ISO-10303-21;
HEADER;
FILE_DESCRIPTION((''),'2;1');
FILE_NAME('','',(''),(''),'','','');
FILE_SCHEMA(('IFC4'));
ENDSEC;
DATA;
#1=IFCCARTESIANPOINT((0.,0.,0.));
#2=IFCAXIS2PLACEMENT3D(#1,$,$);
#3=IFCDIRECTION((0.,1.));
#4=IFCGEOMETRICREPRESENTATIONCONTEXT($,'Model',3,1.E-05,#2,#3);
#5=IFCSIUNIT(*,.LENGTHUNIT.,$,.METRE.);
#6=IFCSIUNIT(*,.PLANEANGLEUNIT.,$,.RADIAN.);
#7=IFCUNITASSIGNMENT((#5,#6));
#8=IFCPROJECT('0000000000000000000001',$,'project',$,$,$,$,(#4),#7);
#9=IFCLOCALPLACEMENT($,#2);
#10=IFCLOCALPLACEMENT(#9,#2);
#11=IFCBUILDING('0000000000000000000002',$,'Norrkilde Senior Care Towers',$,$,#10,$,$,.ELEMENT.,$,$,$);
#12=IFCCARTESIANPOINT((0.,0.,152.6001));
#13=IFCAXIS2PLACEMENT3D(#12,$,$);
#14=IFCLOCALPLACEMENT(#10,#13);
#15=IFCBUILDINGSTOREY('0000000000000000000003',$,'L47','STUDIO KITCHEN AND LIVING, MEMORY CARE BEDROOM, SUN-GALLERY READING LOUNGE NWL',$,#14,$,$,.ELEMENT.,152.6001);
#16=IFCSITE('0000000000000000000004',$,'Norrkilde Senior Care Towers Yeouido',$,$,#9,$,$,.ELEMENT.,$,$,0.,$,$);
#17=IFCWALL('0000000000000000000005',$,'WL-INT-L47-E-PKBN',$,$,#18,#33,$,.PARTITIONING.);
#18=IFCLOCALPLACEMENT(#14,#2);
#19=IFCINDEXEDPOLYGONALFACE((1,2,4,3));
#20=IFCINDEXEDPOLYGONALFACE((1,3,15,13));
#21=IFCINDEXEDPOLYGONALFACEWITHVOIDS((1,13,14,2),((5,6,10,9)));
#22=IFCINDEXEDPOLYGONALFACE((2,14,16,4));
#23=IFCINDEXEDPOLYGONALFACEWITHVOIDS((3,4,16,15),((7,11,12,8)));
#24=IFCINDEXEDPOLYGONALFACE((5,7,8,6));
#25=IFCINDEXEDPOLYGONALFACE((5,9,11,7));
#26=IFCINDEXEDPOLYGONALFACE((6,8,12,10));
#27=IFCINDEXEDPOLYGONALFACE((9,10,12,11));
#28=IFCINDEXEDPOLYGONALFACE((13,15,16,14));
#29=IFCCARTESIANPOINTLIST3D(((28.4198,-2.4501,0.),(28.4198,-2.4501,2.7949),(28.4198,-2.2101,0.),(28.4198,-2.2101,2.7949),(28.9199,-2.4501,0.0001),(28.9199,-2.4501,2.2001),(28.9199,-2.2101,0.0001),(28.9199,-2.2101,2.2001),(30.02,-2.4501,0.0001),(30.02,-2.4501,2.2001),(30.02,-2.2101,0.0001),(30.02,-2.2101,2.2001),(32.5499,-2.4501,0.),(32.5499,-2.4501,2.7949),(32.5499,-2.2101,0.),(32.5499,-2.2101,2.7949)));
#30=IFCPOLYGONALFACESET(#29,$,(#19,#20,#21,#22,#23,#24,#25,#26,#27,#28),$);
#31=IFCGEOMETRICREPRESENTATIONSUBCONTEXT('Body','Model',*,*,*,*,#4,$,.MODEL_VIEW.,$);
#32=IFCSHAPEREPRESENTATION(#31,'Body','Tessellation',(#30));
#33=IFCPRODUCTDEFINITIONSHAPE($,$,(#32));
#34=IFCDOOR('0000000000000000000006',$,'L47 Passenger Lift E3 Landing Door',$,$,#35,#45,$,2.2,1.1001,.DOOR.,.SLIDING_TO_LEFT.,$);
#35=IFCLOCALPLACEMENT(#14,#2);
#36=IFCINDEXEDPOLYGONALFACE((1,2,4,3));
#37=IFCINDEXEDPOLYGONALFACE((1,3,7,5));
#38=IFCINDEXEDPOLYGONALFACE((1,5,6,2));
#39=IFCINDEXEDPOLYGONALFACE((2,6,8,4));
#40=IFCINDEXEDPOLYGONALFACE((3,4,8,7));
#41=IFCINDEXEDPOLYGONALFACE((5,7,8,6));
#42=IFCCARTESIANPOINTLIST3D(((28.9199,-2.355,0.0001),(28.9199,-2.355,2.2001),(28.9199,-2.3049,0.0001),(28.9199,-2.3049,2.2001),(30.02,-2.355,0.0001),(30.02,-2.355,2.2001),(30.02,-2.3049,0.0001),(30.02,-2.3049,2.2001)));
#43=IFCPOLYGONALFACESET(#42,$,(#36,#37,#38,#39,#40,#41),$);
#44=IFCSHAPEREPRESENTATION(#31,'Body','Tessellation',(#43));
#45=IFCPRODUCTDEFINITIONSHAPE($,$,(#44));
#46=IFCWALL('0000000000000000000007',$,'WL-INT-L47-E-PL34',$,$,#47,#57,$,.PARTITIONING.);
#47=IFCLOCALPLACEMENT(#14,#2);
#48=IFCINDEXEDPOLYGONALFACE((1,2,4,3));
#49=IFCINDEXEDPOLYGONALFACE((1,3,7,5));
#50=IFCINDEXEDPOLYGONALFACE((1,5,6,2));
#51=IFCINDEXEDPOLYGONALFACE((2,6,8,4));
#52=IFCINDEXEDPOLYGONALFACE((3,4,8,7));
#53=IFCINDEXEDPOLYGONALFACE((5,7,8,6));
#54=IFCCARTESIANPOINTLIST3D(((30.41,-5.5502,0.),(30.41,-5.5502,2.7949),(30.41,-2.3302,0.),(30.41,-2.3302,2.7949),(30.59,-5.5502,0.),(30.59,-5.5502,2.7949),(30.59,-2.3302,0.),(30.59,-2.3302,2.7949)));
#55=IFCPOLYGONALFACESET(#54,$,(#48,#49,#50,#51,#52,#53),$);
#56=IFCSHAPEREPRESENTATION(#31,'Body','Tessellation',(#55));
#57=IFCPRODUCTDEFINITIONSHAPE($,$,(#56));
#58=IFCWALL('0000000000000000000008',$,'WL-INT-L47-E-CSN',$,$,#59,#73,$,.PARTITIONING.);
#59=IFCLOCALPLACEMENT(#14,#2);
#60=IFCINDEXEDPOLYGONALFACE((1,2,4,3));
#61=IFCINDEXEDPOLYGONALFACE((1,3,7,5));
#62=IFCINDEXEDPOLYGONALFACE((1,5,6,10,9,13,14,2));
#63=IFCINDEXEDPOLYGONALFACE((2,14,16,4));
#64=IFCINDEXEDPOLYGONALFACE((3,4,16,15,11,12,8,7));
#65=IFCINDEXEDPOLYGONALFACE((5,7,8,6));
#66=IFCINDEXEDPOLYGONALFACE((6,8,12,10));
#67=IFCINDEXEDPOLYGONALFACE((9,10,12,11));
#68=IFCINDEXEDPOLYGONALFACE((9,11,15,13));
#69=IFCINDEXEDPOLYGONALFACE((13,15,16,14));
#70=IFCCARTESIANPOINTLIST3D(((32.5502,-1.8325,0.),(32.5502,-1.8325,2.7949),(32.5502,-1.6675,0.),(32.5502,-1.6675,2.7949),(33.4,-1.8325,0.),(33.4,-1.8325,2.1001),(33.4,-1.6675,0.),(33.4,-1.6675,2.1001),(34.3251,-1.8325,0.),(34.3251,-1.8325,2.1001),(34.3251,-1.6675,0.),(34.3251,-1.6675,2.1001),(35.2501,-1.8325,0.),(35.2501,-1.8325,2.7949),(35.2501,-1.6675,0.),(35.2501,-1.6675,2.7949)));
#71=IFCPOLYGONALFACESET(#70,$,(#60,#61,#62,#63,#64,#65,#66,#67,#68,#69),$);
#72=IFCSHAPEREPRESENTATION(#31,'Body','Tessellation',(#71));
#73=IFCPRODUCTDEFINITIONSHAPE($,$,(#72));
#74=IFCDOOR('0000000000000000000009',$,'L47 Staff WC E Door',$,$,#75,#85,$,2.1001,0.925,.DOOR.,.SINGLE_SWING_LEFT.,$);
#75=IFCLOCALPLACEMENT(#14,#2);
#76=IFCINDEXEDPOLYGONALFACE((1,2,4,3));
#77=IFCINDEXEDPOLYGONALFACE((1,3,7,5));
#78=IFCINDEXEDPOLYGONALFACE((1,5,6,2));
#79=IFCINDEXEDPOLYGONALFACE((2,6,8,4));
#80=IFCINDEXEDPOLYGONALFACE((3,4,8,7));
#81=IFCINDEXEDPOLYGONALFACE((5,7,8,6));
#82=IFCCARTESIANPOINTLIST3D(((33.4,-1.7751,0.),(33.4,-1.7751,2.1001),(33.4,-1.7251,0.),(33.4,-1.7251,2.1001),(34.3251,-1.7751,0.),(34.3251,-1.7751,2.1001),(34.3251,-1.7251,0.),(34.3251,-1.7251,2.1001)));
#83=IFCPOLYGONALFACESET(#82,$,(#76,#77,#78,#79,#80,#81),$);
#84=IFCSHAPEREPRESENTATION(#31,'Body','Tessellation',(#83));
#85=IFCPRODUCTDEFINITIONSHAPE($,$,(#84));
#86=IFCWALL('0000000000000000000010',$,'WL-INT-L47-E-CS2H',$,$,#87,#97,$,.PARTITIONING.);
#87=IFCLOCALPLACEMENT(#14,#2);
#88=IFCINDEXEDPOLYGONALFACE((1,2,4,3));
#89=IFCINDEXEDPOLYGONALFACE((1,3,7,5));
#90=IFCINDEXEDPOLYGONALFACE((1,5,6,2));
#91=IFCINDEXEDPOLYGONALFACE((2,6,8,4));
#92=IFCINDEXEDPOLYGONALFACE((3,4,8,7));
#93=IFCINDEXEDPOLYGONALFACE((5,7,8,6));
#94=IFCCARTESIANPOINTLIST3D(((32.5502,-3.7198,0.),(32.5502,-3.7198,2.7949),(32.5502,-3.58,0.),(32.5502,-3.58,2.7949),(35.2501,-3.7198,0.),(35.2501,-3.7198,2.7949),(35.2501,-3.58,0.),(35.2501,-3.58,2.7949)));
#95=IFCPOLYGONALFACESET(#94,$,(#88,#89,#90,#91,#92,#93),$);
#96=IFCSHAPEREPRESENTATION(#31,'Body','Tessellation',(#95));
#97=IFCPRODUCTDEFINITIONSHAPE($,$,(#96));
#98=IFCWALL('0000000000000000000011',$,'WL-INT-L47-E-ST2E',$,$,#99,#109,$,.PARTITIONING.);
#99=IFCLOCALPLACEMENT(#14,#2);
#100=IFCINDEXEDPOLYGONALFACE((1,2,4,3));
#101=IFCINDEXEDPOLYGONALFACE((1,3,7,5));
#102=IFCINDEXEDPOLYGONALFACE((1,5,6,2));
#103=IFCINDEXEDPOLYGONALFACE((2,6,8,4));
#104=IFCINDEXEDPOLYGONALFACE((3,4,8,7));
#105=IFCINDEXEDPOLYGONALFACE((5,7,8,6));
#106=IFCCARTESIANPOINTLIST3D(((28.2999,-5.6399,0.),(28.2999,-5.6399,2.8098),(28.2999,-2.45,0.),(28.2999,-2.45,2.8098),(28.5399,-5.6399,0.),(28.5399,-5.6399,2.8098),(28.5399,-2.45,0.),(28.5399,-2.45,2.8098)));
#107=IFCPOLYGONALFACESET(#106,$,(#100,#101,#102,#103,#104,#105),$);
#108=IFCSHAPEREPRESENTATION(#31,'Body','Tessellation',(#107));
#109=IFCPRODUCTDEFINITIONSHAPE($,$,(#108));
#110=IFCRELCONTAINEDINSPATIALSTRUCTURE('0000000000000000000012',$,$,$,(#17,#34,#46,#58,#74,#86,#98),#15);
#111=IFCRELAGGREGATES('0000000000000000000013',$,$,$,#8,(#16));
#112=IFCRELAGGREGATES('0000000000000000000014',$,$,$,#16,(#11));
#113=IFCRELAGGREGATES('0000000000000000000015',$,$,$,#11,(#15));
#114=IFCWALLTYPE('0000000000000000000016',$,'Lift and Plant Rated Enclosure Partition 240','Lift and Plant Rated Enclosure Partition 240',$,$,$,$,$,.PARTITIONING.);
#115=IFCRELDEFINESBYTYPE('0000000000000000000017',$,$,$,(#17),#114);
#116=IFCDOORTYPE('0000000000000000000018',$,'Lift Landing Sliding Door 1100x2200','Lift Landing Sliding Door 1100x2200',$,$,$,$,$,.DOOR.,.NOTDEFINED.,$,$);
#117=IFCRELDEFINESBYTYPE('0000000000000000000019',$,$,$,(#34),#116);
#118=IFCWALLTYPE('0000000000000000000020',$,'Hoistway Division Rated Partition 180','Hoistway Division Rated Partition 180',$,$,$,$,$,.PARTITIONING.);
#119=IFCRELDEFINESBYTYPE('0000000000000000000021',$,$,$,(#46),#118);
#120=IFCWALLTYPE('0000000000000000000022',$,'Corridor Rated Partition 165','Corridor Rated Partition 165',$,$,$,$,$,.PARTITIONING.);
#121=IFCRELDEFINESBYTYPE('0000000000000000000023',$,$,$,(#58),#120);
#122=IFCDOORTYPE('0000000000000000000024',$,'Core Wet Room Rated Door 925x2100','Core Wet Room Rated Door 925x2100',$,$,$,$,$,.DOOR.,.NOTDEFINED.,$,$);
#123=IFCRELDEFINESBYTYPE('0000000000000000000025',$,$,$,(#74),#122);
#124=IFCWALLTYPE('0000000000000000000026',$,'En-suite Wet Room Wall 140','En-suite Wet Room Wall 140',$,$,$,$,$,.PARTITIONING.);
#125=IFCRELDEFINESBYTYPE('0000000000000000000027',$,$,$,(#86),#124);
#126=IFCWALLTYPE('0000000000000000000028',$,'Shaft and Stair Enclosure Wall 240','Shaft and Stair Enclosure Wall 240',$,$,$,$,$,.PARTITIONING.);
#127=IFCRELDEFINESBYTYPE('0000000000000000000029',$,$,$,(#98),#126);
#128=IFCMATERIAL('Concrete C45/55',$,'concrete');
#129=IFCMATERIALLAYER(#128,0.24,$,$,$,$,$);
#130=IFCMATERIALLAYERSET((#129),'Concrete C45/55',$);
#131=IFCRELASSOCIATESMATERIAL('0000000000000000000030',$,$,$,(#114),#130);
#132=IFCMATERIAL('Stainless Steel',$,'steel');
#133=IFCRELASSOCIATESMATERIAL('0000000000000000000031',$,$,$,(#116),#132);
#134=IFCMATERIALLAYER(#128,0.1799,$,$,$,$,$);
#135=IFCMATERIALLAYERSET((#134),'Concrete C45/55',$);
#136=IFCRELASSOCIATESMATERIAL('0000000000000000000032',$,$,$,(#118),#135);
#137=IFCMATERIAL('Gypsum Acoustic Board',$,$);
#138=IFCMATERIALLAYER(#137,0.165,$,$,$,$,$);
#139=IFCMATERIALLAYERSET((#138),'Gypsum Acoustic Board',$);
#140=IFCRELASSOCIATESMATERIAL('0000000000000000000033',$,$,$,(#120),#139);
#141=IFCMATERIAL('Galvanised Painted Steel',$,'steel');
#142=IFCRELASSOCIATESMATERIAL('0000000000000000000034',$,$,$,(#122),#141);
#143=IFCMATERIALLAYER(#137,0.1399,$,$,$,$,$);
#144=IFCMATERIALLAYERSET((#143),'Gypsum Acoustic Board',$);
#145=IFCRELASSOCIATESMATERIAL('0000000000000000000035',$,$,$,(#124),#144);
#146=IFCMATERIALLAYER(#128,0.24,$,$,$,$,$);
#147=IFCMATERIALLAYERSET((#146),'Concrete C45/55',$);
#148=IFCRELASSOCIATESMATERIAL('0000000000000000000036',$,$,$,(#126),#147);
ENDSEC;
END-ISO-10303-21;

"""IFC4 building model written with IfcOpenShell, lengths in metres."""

from ifc_helpers import new_model, si_unit, direction, frame, frame_2d, origin, place, context, subcontext, project, spatial, rectangle, extrude, source, transform, mapped, material, layer, layer_set, type_object, type_shapes, element, fill, save


model = new_model("IFC4")

# Units and contexts
model_context = context("Model", 3, precision=1e-05, world=origin(), true_north=direction((0.0, 1.0)))
body_context = subcontext(model_context, "Body", "Model", "MODEL_VIEW")
ifc_project = project(units=[si_unit("LENGTHUNIT", "METRE"), si_unit("PLANEANGLEUNIT", "RADIAN")], contexts=[model_context])

# Site, building, storey
site_placement = place(None, origin())
site = spatial("IfcSite", under=ifc_project, at=site_placement, Name="Norrkilde Senior Care Towers Yeouido", CompositionType="ELEMENT", RefElevation=0.0)
building_placement = place(site_placement, origin())
building = spatial("IfcBuilding", under=site, at=building_placement, Name="Norrkilde Senior Care Towers", CompositionType="ELEMENT")
storey_placement = place(building_placement, frame((0.0, 0.0, 152.6001)))
storey = spatial("IfcBuildingStorey", under=building, at=storey_placement, Name="L47", Description="STUDIO KITCHEN AND LIVING, MEMORY CARE BEDROOM, SUN-GALLERY READING LOUNGE NWL", CompositionType="ELEMENT", Elevation=152.6001)

# Shared definitions
ifc_material_1 = material(Name="Concrete C45/55", Category="concrete")
ifc_layer_1 = layer(ifc_material_1, 0.24)
ifc_layer_set_1 = layer_set([ifc_layer_1], Name="Concrete C45/55")
wall_type_1 = type_object("IfcWallType", Name="Lift and Plant Rated Enclosure Partition 240", Description="Lift and Plant Rated Enclosure Partition 240", PredefinedType="PARTITIONING", material=ifc_layer_set_1)
ifc_material_2 = material(Name="Stainless Steel", Category="steel")

# Shared definitions
ifc_material_3 = material(Name="Galvanised Painted Steel", Category="steel")

# Shared definitions
ifc_material_4 = material(Name="Gypsum Acoustic Board")

# Wall, opening, door
shared_shape_1 = source(origin(), body_context, "Body", "SweptSolid", [
    extrude(rectangle(XDim=4.1301, YDim=0.24, at=frame_2d((2.0649, 0.0))), origin(), (0.0, 0.0, 1.0), 2.7949),
])
wall_1_placement = place(storey_placement, frame((28.4199, -2.3301, 0.0), z_axis=(0.0, 0.0, 1.0), x_axis=(1.0, 0.0, 0.0)))
wall_1 = element("IfcWall", 1, at=wall_1_placement, inside=storey, type_object=wall_type_1, Name="WL-INT-L47-E-PKBN", PredefinedType="PARTITIONING", context=body_context, shape_type="MappedRepresentation", body=[
    mapped(shared_shape_1, transform((0.0, 0.0, 0.0), x_axis=(1.0, 0.0, 0.0), y_axis=(0.0, 1.0, 0.0), z_axis=(0.0, 0.0, 1.0), scale=1.0)),
])
opening_1_placement = place(wall_1_placement, frame((0.5, 0.0, 0.0)))
opening_1 = element("IfcOpeningElement", 2, at=opening_1_placement, cuts=wall_1, PredefinedType="OPENING", context=body_context, shape_type="SweptSolid", body=[
    extrude(rectangle(XDim=1.1001, YDim=2.2, at=frame_2d((0.55, 1.1001))), frame((0.0, 0.1299, 0.0), z_axis=(0.0, -1.0, 0.0), x_axis=(1.0, 0.0, 0.0)), (0.0, 0.0, 1.0), 0.26),
])
door_type_1 = type_object("IfcDoorType", Name="Lift Landing Sliding Door 1100x2200", Description="Lift Landing Sliding Door 1100x2200", OperationType="NOTDEFINED", PredefinedType="DOOR", material=ifc_material_2)
shared_shape_2 = source(origin(), body_context, "Body", "SweptSolid", [
    extrude(rectangle(XDim=1.1001, YDim=2.2, at=frame_2d((0.55, 1.1001))), frame((0.0, 0.0249, 0.0), z_axis=(0.0, -1.0, 0.0), x_axis=(1.0, 0.0, 0.0)), (0.0, 0.0, 1.0), 0.05),
])
type_shapes(door_type_1, [shared_shape_2])
door_1_placement = place(opening_1_placement, frame((1.1001, 0.0, 0.0), z_axis=(0.0, 0.0, 1.0), x_axis=(-1.0, 0.0, 0.0)))
door_1 = element("IfcDoor", 3, at=door_1_placement, inside=storey, type_object=door_type_1, Name="L47 Passenger Lift E3 Landing Door", OperationType="SLIDING_TO_LEFT", OverallHeight=2.2, OverallWidth=1.1001, PredefinedType="DOOR", context=body_context, shape_type="MappedRepresentation", body=[
    mapped(shared_shape_2, transform((0.0, 0.0, 0.0), x_axis=(1.0, 0.0, 0.0), y_axis=(0.0, 1.0, 0.0), z_axis=(0.0, 0.0, 1.0), scale=1.0)),
])
fill(opening_1, door_1)

# Wall
ifc_layer_2 = layer(ifc_material_1, 0.1799)
ifc_layer_set_2 = layer_set([ifc_layer_2], Name="Concrete C45/55")
wall_type_2 = type_object("IfcWallType", Name="Hoistway Division Rated Partition 180", Description="Hoistway Division Rated Partition 180", PredefinedType="PARTITIONING", material=ifc_layer_set_2)
shared_shape_3 = source(origin(), body_context, "Body", "SweptSolid", [
    extrude(rectangle(XDim=3.22, YDim=0.1799, at=frame_2d((1.6099, 0.0))), origin(), (0.0, 0.0, 1.0), 2.7949),
])
type_shapes(wall_type_2, [shared_shape_3])
wall_2_placement = place(storey_placement, frame((30.5, -5.55, 0.0), z_axis=(0.0, 0.0, 1.0), x_axis=(0.0, 1.0, 0.0)))
element("IfcWall", 4, at=wall_2_placement, inside=storey, type_object=wall_type_2, Name="WL-INT-L47-E-PL34", PredefinedType="PARTITIONING", context=body_context, shape_type="MappedRepresentation", body=[
    mapped(shared_shape_3, transform((0.0, 0.0, 0.0), x_axis=(1.0, 0.0, 0.0), y_axis=(0.0, 1.0, 0.0), z_axis=(0.0, 0.0, 1.0), scale=1.0)),
])

# Wall, opening, door
ifc_layer_3 = layer(ifc_material_4, 0.165)
ifc_layer_set_3 = layer_set([ifc_layer_3], Name="Gypsum Acoustic Board")
wall_type_3 = type_object("IfcWallType", Name="Corridor Rated Partition 165", Description="Corridor Rated Partition 165", PredefinedType="PARTITIONING", material=ifc_layer_set_3)
shared_shape_4 = source(origin(), body_context, "Body", "SweptSolid", [
    extrude(rectangle(XDim=2.7, YDim=0.165, at=frame_2d((1.3501, 0.0))), origin(), (0.0, 0.0, 1.0), 2.7949),
])
type_shapes(wall_type_3, [shared_shape_4])
wall_3_placement = place(storey_placement, frame((32.55, -1.75, 0.0), z_axis=(0.0, 0.0, 1.0), x_axis=(1.0, 0.0, 0.0)))
wall_3 = element("IfcWall", 5, at=wall_3_placement, inside=storey, type_object=wall_type_3, Name="WL-INT-L47-E-CSN", PredefinedType="PARTITIONING", context=body_context, shape_type="MappedRepresentation", body=[
    mapped(shared_shape_4, transform((0.0, 0.0, 0.0), x_axis=(1.0, 0.0, 0.0), y_axis=(0.0, 1.0, 0.0), z_axis=(0.0, 0.0, 1.0), scale=1.0)),
])
opening_2_placement = place(wall_3_placement, frame((0.8501, 0.0, 0.0)))
opening_2 = element("IfcOpeningElement", 6, at=opening_2_placement, cuts=wall_3, PredefinedType="OPENING", context=body_context, shape_type="SweptSolid", body=[
    extrude(rectangle(XDim=0.925, YDim=2.1001, at=frame_2d((0.4624, 1.05))), frame((0.0, 0.0925, 0.0), z_axis=(0.0, -1.0, 0.0), x_axis=(1.0, 0.0, 0.0)), (0.0, 0.0, 1.0), 0.1851),
])
door_type_2 = type_object("IfcDoorType", Name="Core Wet Room Rated Door 925x2100", Description="Core Wet Room Rated Door 925x2100", OperationType="NOTDEFINED", PredefinedType="DOOR", material=ifc_material_3)
shared_shape_5 = source(origin(), body_context, "Body", "SweptSolid", [
    extrude(rectangle(XDim=0.925, YDim=2.1001, at=frame_2d((0.4624, 1.05))), frame((0.0, 0.0249, 0.0), z_axis=(0.0, -1.0, 0.0), x_axis=(1.0, 0.0, 0.0)), (0.0, 0.0, 1.0), 0.05),
])
type_shapes(door_type_2, [shared_shape_5])
door_2_placement = place(opening_2_placement, origin())
door_2 = element("IfcDoor", 7, at=door_2_placement, inside=storey, type_object=door_type_2, Name="L47 Staff WC E Door", OperationType="SINGLE_SWING_LEFT", OverallHeight=2.1001, OverallWidth=0.925, PredefinedType="DOOR", context=body_context, shape_type="MappedRepresentation", body=[
    mapped(shared_shape_5, transform((0.0, 0.0, 0.0), x_axis=(1.0, 0.0, 0.0), y_axis=(0.0, 1.0, 0.0), z_axis=(0.0, 0.0, 1.0), scale=1.0)),
])
fill(opening_2, door_2)

# Walls
ifc_layer_4 = layer(ifc_material_4, 0.1399)
ifc_layer_set_4 = layer_set([ifc_layer_4], Name="Gypsum Acoustic Board")
wall_type_4 = type_object("IfcWallType", Name="En-suite Wet Room Wall 140", Description="En-suite Wet Room Wall 140", PredefinedType="PARTITIONING", material=ifc_layer_set_4)
shared_shape_6 = source(origin(), body_context, "Body", "SweptSolid", [
    extrude(rectangle(XDim=2.7, YDim=0.1399, at=frame_2d((1.3501, 0.0))), origin(), (0.0, 0.0, 1.0), 2.7949),
])
type_shapes(wall_type_4, [shared_shape_6])
wall_4_placement = place(storey_placement, frame((32.55, -3.6499, 0.0), z_axis=(0.0, 0.0, 1.0), x_axis=(1.0, 0.0, 0.0)))
element("IfcWall", 8, at=wall_4_placement, inside=storey, type_object=wall_type_4, Name="WL-INT-L47-E-CS2H", PredefinedType="PARTITIONING", context=body_context, shape_type="MappedRepresentation", body=[
    mapped(shared_shape_6, transform((0.0, 0.0, 0.0), x_axis=(1.0, 0.0, 0.0), y_axis=(0.0, 1.0, 0.0), z_axis=(0.0, 0.0, 1.0), scale=1.0)),
])
ifc_layer_5 = layer(ifc_material_1, 0.24)
ifc_layer_set_5 = layer_set([ifc_layer_5], Name="Concrete C45/55")
wall_type_5 = type_object("IfcWallType", Name="Shaft and Stair Enclosure Wall 240", Description="Shaft and Stair Enclosure Wall 240", PredefinedType="PARTITIONING", material=ifc_layer_set_5)
shared_shape_7 = source(origin(), body_context, "Body", "SweptSolid", [
    extrude(rectangle(XDim=3.1899, YDim=0.24, at=frame_2d((1.595, 0.0))), origin(), (0.0, 0.0, 1.0), 2.8098),
])
type_shapes(wall_type_5, [shared_shape_7])
wall_5_placement = place(storey_placement, frame((28.4199, -5.6399, 0.0), z_axis=(0.0, 0.0, 1.0), x_axis=(0.0, 1.0, 0.0)))
element("IfcWall", 9, at=wall_5_placement, inside=storey, type_object=wall_type_5, Name="WL-INT-L47-E-ST2E", PredefinedType="PARTITIONING", context=body_context, shape_type="MappedRepresentation", body=[
    mapped(shared_shape_7, transform((0.0, 0.0, 0.0), x_axis=(1.0, 0.0, 0.0), y_axis=(0.0, 1.0, 0.0), z_axis=(0.0, 0.0, 1.0), scale=1.0)),
])

save(model, "model.ifc")
